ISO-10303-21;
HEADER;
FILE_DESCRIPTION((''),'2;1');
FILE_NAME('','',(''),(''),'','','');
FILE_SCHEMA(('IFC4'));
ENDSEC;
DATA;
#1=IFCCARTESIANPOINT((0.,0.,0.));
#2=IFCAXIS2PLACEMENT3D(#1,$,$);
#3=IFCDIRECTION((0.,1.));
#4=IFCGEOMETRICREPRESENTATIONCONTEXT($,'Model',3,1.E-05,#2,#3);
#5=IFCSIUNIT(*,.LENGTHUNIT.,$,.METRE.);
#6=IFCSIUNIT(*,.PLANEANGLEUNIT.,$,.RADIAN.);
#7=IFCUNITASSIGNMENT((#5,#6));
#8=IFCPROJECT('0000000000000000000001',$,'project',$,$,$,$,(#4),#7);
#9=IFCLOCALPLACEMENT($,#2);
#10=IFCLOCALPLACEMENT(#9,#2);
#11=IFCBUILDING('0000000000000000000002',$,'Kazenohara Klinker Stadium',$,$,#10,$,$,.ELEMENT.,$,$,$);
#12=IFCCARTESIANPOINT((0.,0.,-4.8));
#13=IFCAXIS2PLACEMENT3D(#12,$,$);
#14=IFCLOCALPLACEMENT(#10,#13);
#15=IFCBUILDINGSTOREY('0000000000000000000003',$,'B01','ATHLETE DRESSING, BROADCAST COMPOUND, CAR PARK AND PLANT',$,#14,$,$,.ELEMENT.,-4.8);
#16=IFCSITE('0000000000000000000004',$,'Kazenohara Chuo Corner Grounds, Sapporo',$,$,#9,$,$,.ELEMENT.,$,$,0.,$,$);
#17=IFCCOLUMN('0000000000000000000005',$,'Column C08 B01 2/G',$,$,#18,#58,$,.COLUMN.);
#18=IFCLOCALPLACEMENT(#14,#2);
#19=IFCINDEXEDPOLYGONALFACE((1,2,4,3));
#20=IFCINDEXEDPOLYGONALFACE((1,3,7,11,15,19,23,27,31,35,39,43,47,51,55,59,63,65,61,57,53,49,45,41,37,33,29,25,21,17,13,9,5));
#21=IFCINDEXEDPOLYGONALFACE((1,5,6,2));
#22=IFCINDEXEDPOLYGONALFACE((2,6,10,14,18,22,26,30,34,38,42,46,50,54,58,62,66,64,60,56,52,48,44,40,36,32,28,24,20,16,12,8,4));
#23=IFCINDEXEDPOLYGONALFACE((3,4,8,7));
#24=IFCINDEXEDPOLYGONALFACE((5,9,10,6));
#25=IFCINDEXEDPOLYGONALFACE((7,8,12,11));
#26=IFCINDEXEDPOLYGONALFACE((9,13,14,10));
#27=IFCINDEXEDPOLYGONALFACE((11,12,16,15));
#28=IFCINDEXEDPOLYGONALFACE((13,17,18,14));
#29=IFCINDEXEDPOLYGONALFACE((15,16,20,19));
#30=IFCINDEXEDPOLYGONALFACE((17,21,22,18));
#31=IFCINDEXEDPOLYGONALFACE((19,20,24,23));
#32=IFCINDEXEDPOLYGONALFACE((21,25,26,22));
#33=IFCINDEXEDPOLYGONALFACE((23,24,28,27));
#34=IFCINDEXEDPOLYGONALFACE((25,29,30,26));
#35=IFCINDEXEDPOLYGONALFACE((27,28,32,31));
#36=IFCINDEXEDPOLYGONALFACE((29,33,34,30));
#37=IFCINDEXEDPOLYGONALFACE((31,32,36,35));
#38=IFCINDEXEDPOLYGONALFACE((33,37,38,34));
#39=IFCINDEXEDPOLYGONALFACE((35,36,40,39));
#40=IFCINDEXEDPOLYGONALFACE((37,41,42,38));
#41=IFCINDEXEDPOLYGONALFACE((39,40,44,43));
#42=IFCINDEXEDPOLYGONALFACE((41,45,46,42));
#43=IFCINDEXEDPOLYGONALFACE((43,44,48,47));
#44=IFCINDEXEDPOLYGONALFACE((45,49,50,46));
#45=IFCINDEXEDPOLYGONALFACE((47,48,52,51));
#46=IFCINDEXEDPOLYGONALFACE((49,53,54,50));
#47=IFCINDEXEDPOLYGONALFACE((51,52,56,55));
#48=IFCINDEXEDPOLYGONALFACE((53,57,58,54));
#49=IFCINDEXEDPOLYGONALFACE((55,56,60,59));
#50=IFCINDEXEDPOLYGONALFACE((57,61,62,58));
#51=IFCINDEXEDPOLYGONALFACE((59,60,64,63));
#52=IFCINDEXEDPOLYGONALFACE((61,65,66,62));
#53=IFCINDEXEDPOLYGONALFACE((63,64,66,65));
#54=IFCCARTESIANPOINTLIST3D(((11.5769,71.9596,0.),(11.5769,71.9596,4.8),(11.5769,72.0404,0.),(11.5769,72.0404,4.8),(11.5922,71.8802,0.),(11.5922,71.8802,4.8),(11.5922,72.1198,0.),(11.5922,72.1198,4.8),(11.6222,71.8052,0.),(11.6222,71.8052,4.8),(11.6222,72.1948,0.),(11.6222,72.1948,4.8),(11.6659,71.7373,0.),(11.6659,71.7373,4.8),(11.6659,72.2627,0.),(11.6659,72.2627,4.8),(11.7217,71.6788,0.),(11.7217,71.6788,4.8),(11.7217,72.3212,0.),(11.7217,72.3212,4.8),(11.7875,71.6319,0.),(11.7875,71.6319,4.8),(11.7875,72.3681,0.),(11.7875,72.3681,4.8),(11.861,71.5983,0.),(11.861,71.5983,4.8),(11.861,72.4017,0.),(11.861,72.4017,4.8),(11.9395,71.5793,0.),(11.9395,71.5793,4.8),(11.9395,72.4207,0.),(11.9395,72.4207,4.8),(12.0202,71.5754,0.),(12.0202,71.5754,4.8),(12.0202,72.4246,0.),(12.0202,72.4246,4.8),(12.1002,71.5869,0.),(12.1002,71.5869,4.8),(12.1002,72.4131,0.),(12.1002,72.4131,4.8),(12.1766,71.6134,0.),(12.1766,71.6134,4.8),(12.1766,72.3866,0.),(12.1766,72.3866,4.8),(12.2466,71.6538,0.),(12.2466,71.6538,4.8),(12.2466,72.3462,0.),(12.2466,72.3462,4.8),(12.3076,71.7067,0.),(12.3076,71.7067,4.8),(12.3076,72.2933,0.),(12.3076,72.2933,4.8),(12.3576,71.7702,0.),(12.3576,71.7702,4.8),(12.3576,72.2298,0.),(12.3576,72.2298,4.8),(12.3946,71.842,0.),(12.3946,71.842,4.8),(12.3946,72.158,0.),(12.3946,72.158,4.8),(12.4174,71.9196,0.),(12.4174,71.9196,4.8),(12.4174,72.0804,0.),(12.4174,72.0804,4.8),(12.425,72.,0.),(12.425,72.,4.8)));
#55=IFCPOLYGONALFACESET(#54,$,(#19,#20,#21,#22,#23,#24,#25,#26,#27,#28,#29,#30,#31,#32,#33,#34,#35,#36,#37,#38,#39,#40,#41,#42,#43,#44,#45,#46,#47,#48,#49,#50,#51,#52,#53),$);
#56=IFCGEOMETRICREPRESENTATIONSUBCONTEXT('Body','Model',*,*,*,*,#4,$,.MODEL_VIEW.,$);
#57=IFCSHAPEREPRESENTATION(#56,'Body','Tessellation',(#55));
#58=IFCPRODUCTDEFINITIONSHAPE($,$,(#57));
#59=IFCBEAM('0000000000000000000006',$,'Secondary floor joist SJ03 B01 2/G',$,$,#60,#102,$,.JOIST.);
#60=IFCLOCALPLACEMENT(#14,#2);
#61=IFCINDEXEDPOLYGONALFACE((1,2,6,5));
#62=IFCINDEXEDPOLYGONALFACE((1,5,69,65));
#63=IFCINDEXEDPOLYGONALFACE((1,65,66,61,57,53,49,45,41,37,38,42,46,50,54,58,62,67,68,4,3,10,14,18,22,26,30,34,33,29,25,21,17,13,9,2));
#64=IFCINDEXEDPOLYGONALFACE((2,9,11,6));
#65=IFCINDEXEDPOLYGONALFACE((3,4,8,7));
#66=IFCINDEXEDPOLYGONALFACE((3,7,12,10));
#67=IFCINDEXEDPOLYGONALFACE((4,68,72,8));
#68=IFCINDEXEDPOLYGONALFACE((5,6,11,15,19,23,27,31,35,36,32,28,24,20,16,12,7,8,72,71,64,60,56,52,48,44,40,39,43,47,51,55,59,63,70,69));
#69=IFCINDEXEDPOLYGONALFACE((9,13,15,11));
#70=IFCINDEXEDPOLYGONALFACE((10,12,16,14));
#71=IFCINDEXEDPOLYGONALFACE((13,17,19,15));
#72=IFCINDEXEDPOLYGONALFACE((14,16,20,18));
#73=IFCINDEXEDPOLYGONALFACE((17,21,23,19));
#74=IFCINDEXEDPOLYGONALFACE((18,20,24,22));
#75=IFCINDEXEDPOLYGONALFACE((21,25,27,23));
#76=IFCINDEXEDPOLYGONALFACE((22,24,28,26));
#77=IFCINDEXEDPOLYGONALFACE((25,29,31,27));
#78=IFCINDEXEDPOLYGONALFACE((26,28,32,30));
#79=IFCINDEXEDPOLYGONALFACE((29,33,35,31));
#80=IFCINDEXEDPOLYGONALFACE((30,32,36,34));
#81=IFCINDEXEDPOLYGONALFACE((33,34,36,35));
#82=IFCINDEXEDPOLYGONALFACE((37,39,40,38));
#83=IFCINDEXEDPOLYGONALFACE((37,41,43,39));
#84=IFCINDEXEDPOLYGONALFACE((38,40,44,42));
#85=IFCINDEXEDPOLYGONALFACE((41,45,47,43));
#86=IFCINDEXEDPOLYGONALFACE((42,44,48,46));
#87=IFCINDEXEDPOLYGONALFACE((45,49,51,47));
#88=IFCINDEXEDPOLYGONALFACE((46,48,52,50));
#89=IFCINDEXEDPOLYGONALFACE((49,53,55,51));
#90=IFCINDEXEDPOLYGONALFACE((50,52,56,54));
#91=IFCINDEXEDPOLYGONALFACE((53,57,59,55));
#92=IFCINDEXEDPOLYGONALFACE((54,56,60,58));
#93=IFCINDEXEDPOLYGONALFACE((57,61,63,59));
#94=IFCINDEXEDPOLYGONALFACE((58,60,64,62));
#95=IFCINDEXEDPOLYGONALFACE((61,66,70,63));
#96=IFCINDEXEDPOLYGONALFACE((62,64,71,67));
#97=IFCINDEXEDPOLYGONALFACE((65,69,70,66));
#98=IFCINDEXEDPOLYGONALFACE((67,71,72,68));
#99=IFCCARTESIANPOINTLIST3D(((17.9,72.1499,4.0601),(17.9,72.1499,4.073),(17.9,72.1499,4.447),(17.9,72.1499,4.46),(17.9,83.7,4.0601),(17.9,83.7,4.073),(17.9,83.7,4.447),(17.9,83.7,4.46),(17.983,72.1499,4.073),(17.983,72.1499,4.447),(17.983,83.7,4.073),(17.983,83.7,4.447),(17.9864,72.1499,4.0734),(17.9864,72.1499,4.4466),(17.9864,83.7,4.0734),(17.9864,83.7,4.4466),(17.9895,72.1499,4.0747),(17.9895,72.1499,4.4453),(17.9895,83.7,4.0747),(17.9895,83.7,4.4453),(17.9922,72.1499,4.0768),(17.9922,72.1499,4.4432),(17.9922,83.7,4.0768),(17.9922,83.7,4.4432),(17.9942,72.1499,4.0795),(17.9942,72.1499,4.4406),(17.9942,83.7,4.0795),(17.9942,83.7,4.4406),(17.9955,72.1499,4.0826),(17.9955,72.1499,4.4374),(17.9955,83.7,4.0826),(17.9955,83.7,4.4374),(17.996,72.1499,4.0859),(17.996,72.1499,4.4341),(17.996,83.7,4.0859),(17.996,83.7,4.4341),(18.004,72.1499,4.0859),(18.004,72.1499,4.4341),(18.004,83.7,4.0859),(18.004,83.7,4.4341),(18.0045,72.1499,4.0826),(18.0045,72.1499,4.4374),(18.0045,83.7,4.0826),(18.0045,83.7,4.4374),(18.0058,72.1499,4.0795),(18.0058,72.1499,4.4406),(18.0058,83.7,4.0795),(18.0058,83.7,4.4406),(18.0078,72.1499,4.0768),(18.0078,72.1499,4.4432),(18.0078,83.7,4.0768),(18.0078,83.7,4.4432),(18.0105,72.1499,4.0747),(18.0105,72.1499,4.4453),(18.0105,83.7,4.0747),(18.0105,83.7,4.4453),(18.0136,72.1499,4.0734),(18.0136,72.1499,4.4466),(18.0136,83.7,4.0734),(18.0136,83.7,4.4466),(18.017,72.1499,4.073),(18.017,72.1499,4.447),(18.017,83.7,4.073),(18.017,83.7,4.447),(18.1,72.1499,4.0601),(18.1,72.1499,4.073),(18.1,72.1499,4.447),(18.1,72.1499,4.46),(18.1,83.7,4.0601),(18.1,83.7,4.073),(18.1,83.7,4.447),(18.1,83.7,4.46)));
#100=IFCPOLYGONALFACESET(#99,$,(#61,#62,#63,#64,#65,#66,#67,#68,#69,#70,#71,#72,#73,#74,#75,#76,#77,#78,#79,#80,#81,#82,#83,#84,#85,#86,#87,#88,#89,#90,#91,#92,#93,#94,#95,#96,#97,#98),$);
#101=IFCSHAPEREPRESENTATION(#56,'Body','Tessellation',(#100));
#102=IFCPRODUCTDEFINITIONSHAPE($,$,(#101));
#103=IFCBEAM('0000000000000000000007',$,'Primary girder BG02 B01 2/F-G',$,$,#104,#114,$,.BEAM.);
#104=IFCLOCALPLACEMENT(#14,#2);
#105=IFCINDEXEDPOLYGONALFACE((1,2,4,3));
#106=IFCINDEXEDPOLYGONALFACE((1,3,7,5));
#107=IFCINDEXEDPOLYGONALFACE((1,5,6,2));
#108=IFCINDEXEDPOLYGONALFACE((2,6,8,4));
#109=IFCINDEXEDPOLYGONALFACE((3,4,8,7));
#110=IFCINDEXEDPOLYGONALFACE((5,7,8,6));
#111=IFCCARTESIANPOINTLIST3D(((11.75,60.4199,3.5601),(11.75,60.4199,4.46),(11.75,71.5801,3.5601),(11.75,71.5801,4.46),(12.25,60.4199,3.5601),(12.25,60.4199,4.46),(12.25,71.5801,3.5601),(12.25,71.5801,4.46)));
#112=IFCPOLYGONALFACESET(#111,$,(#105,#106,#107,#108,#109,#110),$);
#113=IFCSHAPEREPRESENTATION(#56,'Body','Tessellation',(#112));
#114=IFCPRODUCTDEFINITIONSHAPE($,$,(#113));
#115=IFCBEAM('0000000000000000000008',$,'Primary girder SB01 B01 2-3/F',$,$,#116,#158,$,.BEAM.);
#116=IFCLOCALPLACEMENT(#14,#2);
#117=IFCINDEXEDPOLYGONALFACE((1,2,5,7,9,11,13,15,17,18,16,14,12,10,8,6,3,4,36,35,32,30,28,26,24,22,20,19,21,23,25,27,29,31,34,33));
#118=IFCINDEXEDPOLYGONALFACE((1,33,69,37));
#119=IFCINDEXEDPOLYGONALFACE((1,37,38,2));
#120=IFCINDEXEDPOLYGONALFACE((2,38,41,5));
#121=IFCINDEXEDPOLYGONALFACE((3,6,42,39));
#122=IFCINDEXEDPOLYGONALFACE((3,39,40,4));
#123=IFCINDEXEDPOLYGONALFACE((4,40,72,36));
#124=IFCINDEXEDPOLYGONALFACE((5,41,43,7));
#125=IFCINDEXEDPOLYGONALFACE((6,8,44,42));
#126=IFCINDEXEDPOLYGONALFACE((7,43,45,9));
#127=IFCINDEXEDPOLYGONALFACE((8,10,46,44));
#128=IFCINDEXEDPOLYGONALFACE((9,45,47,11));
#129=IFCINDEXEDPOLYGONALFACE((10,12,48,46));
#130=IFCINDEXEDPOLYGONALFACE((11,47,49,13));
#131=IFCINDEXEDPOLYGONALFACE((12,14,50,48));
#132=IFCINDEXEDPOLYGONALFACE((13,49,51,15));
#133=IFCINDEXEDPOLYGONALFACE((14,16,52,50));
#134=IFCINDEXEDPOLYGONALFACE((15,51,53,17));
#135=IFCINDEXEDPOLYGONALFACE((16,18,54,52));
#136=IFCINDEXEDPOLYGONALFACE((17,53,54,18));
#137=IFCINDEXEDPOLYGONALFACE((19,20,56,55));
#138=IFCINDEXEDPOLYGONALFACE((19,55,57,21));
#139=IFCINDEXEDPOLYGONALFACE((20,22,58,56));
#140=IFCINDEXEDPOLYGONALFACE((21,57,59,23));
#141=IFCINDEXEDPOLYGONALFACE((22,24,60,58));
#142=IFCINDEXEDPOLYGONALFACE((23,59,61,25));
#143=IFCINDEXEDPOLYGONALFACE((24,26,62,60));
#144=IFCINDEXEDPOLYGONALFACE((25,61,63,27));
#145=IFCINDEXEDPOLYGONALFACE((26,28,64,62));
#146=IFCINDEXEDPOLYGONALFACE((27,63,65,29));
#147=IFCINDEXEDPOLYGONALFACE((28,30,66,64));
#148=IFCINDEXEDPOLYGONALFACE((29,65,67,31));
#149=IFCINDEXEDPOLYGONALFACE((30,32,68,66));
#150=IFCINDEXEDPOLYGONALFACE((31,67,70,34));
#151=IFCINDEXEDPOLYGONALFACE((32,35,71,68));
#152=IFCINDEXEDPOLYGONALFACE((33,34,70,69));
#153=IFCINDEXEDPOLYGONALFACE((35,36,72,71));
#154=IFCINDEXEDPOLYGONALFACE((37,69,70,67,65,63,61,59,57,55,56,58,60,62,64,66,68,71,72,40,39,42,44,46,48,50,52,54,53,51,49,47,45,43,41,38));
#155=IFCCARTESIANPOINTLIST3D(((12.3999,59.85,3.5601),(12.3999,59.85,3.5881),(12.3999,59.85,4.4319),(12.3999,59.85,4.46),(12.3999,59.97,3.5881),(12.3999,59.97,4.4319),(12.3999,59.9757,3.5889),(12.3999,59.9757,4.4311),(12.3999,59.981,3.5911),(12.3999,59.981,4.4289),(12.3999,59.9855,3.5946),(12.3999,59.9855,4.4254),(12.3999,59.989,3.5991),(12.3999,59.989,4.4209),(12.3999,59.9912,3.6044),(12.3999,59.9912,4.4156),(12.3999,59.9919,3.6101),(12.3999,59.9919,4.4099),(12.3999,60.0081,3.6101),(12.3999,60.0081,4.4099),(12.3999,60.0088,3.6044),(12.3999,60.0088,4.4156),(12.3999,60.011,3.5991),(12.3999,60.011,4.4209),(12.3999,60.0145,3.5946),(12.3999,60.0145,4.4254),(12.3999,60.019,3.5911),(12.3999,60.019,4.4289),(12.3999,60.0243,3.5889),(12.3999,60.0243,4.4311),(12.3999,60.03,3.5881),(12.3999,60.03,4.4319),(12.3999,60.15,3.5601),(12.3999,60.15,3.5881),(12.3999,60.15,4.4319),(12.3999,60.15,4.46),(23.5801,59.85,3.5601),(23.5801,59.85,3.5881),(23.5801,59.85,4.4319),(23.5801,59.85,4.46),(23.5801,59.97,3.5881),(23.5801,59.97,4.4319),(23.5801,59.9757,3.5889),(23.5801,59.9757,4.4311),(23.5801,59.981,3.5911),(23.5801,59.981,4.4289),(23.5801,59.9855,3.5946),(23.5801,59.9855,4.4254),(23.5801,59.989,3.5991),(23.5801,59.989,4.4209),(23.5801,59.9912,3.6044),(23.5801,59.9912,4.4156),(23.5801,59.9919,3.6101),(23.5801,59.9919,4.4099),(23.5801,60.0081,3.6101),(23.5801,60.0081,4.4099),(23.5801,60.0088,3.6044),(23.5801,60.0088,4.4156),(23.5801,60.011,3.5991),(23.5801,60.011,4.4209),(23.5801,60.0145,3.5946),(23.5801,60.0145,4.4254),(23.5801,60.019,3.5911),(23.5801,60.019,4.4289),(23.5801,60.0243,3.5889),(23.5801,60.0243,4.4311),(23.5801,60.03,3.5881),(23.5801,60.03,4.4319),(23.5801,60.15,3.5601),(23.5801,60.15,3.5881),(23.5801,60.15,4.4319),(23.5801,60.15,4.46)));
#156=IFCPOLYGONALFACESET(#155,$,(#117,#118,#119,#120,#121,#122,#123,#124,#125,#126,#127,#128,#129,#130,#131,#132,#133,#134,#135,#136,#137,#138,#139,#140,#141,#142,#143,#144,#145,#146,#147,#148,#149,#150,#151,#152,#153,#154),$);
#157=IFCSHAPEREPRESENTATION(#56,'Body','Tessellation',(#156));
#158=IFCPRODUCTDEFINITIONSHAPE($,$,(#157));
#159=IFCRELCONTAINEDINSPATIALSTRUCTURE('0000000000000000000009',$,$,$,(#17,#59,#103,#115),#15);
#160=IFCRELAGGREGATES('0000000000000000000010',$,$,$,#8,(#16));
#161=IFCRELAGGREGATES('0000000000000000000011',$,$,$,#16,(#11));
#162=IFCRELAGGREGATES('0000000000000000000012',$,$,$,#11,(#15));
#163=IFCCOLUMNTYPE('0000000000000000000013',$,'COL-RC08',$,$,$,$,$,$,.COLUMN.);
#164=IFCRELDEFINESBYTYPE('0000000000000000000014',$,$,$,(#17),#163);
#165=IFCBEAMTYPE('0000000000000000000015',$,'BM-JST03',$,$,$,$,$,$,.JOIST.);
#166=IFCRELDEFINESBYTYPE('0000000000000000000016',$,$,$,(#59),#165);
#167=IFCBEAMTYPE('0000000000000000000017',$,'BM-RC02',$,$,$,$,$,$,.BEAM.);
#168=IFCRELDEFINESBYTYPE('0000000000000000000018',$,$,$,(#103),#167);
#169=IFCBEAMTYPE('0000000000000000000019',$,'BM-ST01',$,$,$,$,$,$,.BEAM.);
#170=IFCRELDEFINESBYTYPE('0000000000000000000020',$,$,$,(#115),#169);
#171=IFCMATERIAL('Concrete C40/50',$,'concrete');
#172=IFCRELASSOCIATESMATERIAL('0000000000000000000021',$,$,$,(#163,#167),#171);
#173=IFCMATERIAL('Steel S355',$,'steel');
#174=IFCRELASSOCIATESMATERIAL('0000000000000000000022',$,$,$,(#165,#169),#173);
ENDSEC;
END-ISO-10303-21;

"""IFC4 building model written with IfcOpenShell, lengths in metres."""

from ifc_helpers import new_model, si_unit, direction, frame, origin, origin_2d, place, context, subcontext, project, spatial, rectangle, circle, i_section, extrude, material, material_profile, profile_set, type_object, element, save


model = new_model("IFC4")

# Units and contexts
model_context = context("Model", 3, precision=1e-05, world=origin(), true_north=direction((0.0, 1.0)))
body_context = subcontext(model_context, "Body", "Model", "MODEL_VIEW")
ifc_project = project(units=[si_unit("LENGTHUNIT", "METRE"), si_unit("PLANEANGLEUNIT", "RADIAN")], contexts=[model_context])

# Site, building, storey
site_placement = place(None, origin())
site = spatial("IfcSite", under=ifc_project, at=site_placement, Name="Kazenohara Chuo Corner Grounds, Sapporo", CompositionType="ELEMENT", RefElevation=0.0)
building_placement = place(site_placement, origin())
building = spatial("IfcBuilding", under=site, at=building_placement, Name="Kazenohara Klinker Stadium", CompositionType="ELEMENT")
storey_placement = place(building_placement, frame((0.0, 0.0, -4.8)))
storey = spatial("IfcBuildingStorey", under=building, at=storey_placement, Name="B01", Description="ATHLETE DRESSING, BROADCAST COMPOUND, CAR PARK AND PLANT", CompositionType="ELEMENT", Elevation=-4.8)

# Column
ifc_material_1 = material(Name="Concrete C40/50", Category="concrete")
ifc_material_profile_1 = material_profile(ifc_material_1, circle(Radius=0.425, at=origin_2d()), Name="RC-COL-D850")
ifc_profile_set_1 = profile_set([ifc_material_profile_1], Name="Concrete C40/50")
column_type_1 = type_object("IfcColumnType", Name="COL-RC08", PredefinedType="COLUMN", material=ifc_profile_set_1)
column_1_placement = place(storey_placement, frame((12.0, 72.0, 0.0), z_axis=(0.0, 0.0, 1.0), x_axis=(1.0, 0.0, 0.0)))
element("IfcColumn", 1, at=column_1_placement, inside=storey, type_object=column_type_1, Name="Column C08 B01 2/G", PredefinedType="COLUMN", context=body_context, shape_type="SweptSolid", body=[
    extrude(circle(Radius=0.425, at=origin_2d()), origin(), (0.0, 0.0, 1.0), 4.8),
])

# Beams
ifc_material_2 = material(Name="Steel S355", Category="steel")
ifc_material_profile_2 = material_profile(ifc_material_2, i_section(OverallWidth=0.2, OverallDepth=0.3999, WebThickness=0.0081, FlangeThickness=0.0129, FilletRadius=0.0129, at=origin_2d()), Name="H-400x200x8x13")
ifc_profile_set_2 = profile_set([ifc_material_profile_2], Name="Steel S355")
beam_type_1 = type_object("IfcBeamType", Name="BM-JST03", PredefinedType="JOIST", material=ifc_profile_set_2)
beam_1_placement = place(storey_placement, frame((18.0, 72.1499, 4.26), z_axis=(0.0, 1.0, 0.0), x_axis=(-1.0, 0.0, 0.0)))
element("IfcBeam", 2, at=beam_1_placement, inside=storey, type_object=beam_type_1, Name="Secondary floor joist SJ03 B01 2/G", PredefinedType="JOIST", context=body_context, shape_type="SweptSolid", body=[
    extrude(i_section(OverallWidth=0.2, OverallDepth=0.3999, WebThickness=0.0081, FlangeThickness=0.0129, FilletRadius=0.0129, at=origin_2d()), origin(), (0.0, 0.0, 1.0), 11.55),
])
ifc_material_profile_3 = material_profile(ifc_material_1, rectangle(XDim=0.5, YDim=0.8999, at=origin_2d()), Name="RC-BM-500x900")
ifc_profile_set_3 = profile_set([ifc_material_profile_3], Name="Concrete C40/50")
beam_type_2 = type_object("IfcBeamType", Name="BM-RC02", PredefinedType="BEAM", material=ifc_profile_set_3)
beam_2_placement = place(storey_placement, frame((12.0, 60.4199, 4.01), z_axis=(0.0, 1.0, 0.0), x_axis=(-1.0, 0.0, 0.0)))
element("IfcBeam", 3, at=beam_2_placement, inside=storey, type_object=beam_type_2, Name="Primary girder BG02 B01 2/F-G", PredefinedType="BEAM", context=body_context, shape_type="SweptSolid", body=[
    extrude(rectangle(XDim=0.5, YDim=0.8999, at=origin_2d()), origin(), (0.0, 0.0, 1.0), 11.1602),
])
ifc_material_profile_4 = material_profile(ifc_material_2, i_section(OverallWidth=0.3, OverallDepth=0.8999, WebThickness=0.0161, FlangeThickness=0.0281, FilletRadius=0.022, at=origin_2d()), Name="H-900x300x16x28")
ifc_profile_set_4 = profile_set([ifc_material_profile_4], Name="Steel S355")
beam_type_3 = type_object("IfcBeamType", Name="BM-ST01", PredefinedType="BEAM", material=ifc_profile_set_4)
beam_3_placement = place(storey_placement, frame((12.3999, 60.0, 4.01), z_axis=(1.0, 0.0, 0.0), x_axis=(0.0, 1.0, 0.0)))
element("IfcBeam", 4, at=beam_3_placement, inside=storey, type_object=beam_type_3, Name="Primary girder SB01 B01 2-3/F", PredefinedType="BEAM", context=body_context, shape_type="SweptSolid", body=[
    extrude(i_section(OverallWidth=0.3, OverallDepth=0.8999, WebThickness=0.0161, FlangeThickness=0.0281, FilletRadius=0.022, at=origin_2d()), origin(), (0.0, 0.0, 1.0), 11.1802),
])

save(model, "model.ifc")
